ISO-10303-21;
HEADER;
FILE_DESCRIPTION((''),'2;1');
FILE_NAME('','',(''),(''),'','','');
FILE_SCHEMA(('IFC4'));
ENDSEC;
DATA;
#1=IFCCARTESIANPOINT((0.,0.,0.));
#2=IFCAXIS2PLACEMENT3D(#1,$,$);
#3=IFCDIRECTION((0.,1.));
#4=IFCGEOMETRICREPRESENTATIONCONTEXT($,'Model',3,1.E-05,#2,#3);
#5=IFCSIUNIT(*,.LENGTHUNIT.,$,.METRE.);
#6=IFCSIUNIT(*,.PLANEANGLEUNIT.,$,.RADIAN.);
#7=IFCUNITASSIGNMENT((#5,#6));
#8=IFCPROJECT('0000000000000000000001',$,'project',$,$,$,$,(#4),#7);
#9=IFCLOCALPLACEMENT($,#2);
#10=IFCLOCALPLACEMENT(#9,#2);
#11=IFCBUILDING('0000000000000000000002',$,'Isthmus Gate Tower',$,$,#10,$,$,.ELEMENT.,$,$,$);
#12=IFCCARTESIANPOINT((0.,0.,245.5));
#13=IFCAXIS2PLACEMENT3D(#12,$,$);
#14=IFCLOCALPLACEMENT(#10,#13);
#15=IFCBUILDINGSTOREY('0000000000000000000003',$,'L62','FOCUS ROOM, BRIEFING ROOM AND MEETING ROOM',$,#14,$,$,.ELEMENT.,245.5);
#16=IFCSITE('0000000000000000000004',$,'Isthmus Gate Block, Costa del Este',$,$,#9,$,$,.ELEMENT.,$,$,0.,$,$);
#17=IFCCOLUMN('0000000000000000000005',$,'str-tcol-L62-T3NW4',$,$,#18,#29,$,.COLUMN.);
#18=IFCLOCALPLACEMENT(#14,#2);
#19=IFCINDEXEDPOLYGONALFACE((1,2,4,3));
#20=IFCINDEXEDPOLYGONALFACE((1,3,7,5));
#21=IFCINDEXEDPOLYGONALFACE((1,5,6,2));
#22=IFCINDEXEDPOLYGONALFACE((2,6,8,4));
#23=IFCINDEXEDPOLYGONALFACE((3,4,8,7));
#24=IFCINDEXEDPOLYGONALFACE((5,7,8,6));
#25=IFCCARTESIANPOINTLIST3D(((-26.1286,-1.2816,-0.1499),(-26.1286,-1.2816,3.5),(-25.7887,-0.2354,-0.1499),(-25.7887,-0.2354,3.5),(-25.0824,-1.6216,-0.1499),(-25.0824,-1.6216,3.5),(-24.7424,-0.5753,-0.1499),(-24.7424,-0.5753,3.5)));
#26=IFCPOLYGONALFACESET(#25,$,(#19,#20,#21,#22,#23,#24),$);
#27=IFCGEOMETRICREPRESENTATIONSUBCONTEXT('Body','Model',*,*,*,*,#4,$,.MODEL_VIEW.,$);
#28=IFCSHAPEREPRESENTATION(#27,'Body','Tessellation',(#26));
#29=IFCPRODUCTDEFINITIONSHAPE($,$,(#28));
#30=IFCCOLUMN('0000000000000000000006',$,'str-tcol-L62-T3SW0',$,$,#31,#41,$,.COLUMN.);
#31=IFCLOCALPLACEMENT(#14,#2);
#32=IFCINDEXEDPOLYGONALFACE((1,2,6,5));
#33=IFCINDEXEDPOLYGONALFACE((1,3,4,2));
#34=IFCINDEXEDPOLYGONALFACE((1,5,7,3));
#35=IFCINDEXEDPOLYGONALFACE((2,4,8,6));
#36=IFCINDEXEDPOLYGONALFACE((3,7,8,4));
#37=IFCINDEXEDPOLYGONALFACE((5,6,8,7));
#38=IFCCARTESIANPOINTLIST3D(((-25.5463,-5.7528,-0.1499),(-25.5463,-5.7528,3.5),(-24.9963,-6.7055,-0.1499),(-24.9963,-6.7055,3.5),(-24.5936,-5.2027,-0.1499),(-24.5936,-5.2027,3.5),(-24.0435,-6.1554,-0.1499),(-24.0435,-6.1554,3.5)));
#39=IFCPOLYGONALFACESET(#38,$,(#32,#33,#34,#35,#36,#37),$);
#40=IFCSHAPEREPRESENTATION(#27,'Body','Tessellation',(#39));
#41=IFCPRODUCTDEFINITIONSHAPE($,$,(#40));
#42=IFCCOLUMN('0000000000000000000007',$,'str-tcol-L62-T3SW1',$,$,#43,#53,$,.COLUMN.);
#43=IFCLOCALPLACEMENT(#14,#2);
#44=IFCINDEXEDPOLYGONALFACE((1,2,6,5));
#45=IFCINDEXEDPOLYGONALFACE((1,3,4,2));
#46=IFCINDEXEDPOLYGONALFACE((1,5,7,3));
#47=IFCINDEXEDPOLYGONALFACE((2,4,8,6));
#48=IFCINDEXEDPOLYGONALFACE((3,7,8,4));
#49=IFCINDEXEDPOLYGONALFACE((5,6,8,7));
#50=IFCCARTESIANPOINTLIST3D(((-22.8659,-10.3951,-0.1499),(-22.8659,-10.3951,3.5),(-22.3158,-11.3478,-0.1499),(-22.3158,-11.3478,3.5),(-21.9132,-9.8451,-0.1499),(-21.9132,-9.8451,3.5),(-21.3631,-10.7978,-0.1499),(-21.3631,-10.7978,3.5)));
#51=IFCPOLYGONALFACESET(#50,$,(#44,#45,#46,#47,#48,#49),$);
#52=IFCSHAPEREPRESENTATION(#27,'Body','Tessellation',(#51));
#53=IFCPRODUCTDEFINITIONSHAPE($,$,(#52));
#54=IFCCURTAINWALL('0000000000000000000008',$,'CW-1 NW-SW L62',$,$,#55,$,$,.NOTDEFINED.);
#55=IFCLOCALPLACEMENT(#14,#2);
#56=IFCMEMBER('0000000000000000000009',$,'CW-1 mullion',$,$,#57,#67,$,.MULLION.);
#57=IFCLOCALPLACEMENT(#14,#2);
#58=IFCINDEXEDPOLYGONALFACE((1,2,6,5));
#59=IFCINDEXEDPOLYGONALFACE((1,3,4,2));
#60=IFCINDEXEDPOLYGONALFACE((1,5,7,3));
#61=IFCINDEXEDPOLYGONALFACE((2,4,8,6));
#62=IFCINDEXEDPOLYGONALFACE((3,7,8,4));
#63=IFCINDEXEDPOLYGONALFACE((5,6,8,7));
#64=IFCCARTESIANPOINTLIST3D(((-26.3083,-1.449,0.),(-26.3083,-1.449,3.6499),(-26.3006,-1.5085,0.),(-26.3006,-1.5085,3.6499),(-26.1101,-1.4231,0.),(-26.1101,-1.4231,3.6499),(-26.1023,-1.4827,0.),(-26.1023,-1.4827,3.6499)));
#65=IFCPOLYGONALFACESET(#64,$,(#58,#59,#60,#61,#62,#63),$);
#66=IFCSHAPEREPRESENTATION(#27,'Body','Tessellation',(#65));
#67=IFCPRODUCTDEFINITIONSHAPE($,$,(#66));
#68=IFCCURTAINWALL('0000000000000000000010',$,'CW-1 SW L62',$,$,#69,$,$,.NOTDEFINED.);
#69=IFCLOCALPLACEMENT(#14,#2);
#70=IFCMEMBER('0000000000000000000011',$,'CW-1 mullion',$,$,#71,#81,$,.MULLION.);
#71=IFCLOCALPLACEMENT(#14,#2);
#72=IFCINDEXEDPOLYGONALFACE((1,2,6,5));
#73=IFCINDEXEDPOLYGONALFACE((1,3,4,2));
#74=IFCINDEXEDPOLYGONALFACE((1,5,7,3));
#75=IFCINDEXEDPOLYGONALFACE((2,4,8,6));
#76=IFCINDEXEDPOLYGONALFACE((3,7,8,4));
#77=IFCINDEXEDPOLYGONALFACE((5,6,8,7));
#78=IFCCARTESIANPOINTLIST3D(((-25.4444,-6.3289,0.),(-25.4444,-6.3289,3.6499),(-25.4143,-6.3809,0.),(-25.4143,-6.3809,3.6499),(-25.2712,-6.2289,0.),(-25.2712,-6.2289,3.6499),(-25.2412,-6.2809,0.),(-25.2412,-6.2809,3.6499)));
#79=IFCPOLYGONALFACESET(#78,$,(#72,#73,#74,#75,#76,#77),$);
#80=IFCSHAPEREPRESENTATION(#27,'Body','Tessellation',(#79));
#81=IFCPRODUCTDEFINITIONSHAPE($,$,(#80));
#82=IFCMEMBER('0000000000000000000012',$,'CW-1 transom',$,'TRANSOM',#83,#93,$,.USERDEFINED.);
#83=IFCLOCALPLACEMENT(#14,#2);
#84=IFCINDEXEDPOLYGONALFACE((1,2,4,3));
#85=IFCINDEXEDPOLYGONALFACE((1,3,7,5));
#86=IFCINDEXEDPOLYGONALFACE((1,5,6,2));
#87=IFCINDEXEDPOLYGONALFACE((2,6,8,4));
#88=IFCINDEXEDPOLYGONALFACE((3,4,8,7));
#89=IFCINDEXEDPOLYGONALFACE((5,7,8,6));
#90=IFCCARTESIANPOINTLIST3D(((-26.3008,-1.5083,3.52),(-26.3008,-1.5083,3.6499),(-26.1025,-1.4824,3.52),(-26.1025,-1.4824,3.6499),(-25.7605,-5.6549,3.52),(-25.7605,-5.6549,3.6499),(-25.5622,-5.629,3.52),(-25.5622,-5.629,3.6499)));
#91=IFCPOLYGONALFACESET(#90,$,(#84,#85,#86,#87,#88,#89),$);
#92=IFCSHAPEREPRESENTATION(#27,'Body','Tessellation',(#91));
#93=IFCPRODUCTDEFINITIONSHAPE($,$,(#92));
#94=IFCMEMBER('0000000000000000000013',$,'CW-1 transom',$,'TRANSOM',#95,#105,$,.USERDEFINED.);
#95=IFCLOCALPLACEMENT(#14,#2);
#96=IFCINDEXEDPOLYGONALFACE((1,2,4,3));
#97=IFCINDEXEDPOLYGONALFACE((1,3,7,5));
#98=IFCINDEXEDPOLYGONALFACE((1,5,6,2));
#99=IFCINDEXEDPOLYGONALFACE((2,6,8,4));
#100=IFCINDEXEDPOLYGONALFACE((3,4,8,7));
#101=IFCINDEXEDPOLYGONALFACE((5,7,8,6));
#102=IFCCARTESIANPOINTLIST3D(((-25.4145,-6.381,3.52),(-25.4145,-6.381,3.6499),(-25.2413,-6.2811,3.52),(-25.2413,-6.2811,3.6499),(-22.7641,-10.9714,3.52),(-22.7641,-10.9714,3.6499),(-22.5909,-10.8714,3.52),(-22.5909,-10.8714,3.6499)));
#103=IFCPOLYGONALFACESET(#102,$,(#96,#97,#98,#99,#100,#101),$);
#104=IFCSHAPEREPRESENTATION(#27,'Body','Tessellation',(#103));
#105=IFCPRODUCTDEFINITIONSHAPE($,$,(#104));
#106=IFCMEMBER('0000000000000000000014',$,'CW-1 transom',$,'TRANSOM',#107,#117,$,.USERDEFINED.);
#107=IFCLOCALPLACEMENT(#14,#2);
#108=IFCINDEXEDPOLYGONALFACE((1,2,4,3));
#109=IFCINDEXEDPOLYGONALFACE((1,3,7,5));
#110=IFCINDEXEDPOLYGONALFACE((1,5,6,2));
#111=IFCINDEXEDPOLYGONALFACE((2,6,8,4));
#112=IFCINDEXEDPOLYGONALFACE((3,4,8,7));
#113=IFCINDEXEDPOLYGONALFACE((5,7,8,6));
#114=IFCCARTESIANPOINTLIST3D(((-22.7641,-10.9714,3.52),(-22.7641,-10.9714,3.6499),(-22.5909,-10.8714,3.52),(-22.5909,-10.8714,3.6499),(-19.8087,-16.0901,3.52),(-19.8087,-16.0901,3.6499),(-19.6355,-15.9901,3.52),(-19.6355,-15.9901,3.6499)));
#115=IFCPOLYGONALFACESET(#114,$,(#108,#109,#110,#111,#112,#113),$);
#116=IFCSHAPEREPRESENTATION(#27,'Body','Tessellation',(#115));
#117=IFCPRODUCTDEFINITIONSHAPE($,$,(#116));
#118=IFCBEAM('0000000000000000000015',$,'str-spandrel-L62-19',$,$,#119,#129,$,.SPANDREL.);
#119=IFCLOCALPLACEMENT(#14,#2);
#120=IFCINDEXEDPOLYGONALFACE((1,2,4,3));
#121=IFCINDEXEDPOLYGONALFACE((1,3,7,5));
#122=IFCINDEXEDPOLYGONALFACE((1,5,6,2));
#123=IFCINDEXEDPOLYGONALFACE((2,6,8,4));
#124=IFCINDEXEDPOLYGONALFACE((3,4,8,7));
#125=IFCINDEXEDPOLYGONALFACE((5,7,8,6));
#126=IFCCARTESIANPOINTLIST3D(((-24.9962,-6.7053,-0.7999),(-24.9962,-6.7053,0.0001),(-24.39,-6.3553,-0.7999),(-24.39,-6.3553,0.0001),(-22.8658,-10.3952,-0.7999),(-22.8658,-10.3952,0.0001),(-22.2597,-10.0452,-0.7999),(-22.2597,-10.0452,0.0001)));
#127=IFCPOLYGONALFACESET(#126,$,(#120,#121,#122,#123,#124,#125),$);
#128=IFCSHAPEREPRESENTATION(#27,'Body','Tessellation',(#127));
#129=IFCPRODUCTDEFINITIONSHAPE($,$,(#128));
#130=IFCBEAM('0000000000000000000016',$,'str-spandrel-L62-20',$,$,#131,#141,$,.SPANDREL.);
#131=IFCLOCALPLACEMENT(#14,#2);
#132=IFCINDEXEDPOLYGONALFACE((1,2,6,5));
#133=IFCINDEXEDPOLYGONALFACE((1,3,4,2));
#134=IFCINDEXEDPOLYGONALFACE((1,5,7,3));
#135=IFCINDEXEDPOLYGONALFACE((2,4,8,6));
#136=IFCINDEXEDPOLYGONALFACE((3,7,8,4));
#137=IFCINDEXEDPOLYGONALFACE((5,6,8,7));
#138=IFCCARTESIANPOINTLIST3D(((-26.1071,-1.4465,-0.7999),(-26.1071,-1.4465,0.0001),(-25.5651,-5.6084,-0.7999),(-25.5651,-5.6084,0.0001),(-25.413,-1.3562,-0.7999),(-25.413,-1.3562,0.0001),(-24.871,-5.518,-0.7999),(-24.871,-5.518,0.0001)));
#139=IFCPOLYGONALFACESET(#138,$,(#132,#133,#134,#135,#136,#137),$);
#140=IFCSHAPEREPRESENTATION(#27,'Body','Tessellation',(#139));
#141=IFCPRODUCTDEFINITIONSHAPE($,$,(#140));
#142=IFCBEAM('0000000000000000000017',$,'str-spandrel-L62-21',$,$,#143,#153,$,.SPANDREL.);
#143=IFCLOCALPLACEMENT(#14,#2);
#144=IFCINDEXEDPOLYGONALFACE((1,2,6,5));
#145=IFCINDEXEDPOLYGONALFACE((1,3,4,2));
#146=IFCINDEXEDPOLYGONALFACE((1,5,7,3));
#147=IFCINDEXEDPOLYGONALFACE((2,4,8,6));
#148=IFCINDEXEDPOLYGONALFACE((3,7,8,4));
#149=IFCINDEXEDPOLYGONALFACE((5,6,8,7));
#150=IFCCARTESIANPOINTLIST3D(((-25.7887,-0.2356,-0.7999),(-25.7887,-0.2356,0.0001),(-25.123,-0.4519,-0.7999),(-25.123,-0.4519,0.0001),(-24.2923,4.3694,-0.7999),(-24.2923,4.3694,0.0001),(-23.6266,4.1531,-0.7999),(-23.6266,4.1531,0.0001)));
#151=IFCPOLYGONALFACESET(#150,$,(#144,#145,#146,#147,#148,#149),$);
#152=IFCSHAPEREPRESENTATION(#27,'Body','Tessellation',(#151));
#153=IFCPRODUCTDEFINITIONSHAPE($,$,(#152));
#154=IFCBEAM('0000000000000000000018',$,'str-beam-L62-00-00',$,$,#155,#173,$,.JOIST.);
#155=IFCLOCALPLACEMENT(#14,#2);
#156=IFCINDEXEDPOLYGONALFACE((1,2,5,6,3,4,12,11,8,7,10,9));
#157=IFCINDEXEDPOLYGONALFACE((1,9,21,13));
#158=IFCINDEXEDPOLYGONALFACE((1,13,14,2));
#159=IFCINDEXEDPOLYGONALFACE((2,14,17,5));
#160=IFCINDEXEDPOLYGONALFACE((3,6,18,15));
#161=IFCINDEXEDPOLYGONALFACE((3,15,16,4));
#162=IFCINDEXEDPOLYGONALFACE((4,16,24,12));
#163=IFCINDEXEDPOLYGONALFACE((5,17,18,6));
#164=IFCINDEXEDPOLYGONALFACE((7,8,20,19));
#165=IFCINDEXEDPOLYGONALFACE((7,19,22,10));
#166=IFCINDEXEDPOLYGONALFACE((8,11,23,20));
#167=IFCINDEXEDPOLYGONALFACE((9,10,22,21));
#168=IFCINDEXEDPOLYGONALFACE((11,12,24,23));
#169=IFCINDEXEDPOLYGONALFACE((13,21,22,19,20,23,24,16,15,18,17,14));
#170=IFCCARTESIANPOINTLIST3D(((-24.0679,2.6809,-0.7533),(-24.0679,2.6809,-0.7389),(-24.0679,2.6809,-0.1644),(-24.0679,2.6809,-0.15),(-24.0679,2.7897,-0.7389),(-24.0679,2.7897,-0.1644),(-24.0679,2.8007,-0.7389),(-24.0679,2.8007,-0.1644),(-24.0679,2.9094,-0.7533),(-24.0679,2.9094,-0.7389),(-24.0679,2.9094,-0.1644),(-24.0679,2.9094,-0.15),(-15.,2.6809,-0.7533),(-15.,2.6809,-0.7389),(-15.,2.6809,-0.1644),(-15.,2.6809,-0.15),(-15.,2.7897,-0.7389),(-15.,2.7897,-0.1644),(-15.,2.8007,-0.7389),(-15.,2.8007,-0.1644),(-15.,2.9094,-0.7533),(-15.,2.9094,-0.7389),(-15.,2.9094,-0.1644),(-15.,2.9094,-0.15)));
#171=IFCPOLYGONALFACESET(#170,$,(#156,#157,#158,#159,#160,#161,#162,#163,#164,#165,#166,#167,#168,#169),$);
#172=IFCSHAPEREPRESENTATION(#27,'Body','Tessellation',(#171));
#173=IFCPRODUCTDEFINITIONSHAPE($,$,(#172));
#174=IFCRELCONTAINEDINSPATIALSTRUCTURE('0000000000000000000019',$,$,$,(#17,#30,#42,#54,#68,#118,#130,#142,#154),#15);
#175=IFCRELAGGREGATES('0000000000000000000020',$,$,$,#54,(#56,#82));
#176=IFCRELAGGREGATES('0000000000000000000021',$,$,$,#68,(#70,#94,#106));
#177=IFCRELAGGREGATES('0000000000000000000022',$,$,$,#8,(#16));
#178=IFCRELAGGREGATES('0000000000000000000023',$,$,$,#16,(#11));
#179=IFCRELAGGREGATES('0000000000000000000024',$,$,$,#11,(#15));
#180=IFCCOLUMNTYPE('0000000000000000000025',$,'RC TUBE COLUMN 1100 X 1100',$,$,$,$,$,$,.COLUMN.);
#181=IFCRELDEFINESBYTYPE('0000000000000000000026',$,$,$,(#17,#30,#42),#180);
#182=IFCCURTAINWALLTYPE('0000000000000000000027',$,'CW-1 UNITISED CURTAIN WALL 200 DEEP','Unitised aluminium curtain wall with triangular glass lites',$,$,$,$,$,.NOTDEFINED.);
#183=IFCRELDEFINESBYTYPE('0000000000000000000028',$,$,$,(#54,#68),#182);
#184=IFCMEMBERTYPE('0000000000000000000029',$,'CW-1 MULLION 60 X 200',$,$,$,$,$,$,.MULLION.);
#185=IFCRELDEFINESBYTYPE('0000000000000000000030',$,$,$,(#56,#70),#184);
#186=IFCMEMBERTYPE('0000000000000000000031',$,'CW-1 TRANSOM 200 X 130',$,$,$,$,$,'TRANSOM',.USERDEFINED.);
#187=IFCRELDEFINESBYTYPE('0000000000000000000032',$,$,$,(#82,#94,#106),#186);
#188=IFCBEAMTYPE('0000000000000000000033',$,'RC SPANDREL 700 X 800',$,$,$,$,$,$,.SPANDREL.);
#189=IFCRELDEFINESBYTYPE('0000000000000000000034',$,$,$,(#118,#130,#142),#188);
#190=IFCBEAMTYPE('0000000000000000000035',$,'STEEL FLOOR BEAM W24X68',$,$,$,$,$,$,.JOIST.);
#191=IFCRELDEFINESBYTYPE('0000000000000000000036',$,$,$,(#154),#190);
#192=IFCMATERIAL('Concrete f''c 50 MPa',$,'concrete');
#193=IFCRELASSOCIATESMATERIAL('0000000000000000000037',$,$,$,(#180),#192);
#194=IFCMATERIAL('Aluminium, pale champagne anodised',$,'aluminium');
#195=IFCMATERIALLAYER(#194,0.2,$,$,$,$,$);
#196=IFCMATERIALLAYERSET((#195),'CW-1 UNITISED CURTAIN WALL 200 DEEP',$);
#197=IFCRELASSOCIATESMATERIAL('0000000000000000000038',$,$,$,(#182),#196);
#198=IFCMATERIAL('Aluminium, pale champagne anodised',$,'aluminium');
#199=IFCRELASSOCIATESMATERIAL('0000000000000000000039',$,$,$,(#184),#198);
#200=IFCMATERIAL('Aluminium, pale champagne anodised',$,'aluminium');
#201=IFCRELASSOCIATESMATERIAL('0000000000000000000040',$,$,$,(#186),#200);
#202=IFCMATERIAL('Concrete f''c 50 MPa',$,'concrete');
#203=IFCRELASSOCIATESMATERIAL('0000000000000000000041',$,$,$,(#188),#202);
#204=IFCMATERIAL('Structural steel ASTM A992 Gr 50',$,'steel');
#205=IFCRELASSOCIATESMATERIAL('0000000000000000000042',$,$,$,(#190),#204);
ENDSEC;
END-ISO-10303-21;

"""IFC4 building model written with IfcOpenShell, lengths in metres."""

from ifc_helpers import new_model, si_unit, direction, frame, origin, origin_2d, place, context, subcontext, project, spatial, rectangle, i_section, extrude, material, layer, layer_set, material_profile, profile_set, type_object, element, aggregate, save


model = new_model("IFC4")

# Units and contexts
model_context = context("Model", 3, precision=1e-05, world=origin(), true_north=direction((0.0, 1.0)))
body_context = subcontext(model_context, "Body", "Model", "MODEL_VIEW")
ifc_project = project(units=[si_unit("LENGTHUNIT", "METRE"), si_unit("PLANEANGLEUNIT", "RADIAN")], contexts=[model_context])

# Site, building, storey
site_placement = place(None, origin())
site = spatial("IfcSite", under=ifc_project, at=site_placement, Name="Isthmus Gate Block, Costa del Este", CompositionType="ELEMENT", RefElevation=0.0)
building_placement = place(site_placement, origin())
building = spatial("IfcBuilding", under=site, at=building_placement, Name="Isthmus Gate Tower", CompositionType="ELEMENT")
storey_placement = place(building_placement, frame((0.0, 0.0, 245.5)))
storey = spatial("IfcBuildingStorey", under=building, at=storey_placement, Name="L62", Description="FOCUS ROOM, BRIEFING ROOM AND MEETING ROOM", CompositionType="ELEMENT", Elevation=245.5)

# Columns
ifc_material_1 = material(Name="Concrete f'c 50 MPa", Category="concrete")
ifc_material_profile_1 = material_profile(ifc_material_1, rectangle(XDim=1.1001, YDim=1.1001, at=origin_2d()), Name="RC 1100X1100")
ifc_profile_set_1 = profile_set([ifc_material_profile_1], Name="Concrete f'c 50 MPa")
column_type = type_object("IfcColumnType", Name="RC TUBE COLUMN 1100 X 1100", PredefinedType="COLUMN", material=ifc_profile_set_1)
for number, where, z_axis, x_axis, name in (
    (1, (-25.4355, -0.9285, -0.1499), (0.0, 0.0, 1.0), (-0.309017, -0.951057, 0.0), "str-tcol-L62-T3NW4"),
    (2, (-24.7949, -5.9541, -0.1499), (0.0, 0.0, 1.0), (0.5, -0.866025, 0.0), "str-tcol-L62-T3SW0"),
    (3, (-22.1145, -10.5964, -0.1499), (0.0, 0.0, 1.0), (0.5, -0.866025, 0.0), "str-tcol-L62-T3SW1"),
):
    element("IfcColumn", number, at=place(storey_placement, frame(where, z_axis=z_axis, x_axis=x_axis)), inside=storey, type_object=column_type, Name=name, PredefinedType="COLUMN", context=body_context, shape_type="SweptSolid", body=[
        extrude(rectangle(XDim=1.1001, YDim=1.1001, at=origin_2d()), origin(), (0.0, 0.0, 1.0), 3.6499),
    ])

# Curtain walls, members
ifc_material_2 = material(Name="Aluminium, pale champagne anodised", Category="aluminium")
ifc_layer_1 = layer(ifc_material_2, 0.2)
ifc_layer_set_1 = layer_set([ifc_layer_1], Name="CW-1 UNITISED CURTAIN WALL 200 DEEP")
curtain_wall_type = type_object("IfcCurtainWallType", Name="CW-1 UNITISED CURTAIN WALL 200 DEEP", Description="Unitised aluminium curtain wall with triangular glass lites", PredefinedType="NOTDEFINED", material=ifc_layer_set_1)
curtain_wall_1_placement = place(storey_placement, origin())
curtain_wall_1 = element("IfcCurtainWall", 4, at=curtain_wall_1_placement, inside=storey, type_object=curtain_wall_type, Name="CW-1 NW-SW L62", PredefinedType="NOTDEFINED")
ifc_material_3 = material(Name="Aluminium, pale champagne anodised", Category="aluminium")
ifc_material_profile_2 = material_profile(ifc_material_3, rectangle(XDim=0.0601, YDim=0.2, at=origin_2d()), Name="60x200")
ifc_profile_set_2 = profile_set([ifc_material_profile_2], Name="Aluminium, pale champagne anodised")
member_type_1 = type_object("IfcMemberType", Name="CW-1 MULLION 60 X 200", PredefinedType="MULLION", material=ifc_profile_set_2)
member_1_placement = place(storey_placement, frame((-26.2053, -1.4658, 0.0), z_axis=(0.0, 0.0, 1.0), x_axis=(0.129165, -0.991623, 0.0)))
member_1 = element("IfcMember", 5, at=member_1_placement, type_object=member_type_1, Name="CW-1 mullion", PredefinedType="MULLION", context=body_context, shape_type="SweptSolid", body=[
    extrude(rectangle(XDim=0.0601, YDim=0.2, at=origin_2d()), origin(), (0.0, 0.0, 1.0), 3.6499),
])
curtain_wall_2_placement = place(storey_placement, origin())
curtain_wall_2 = element("IfcCurtainWall", 6, at=curtain_wall_2_placement, inside=storey, type_object=curtain_wall_type, Name="CW-1 SW L62", PredefinedType="NOTDEFINED")
member_2_placement = place(storey_placement, frame((-25.3428, -6.3049, 0.0), z_axis=(0.0, 0.0, 1.0), x_axis=(0.5, -0.866025, 0.0)))
member_2 = element("IfcMember", 7, at=member_2_placement, type_object=member_type_1, Name="CW-1 mullion", PredefinedType="MULLION", context=body_context, shape_type="SweptSolid", body=[
    extrude(rectangle(XDim=0.0601, YDim=0.2, at=origin_2d()), origin(), (0.0, 0.0, 1.0), 3.6499),
])

# Members
ifc_material_4 = material(Name="Aluminium, pale champagne anodised", Category="aluminium")
ifc_material_profile_3 = material_profile(ifc_material_4, rectangle(XDim=0.2, YDim=0.1299, at=origin_2d()), Name="200x130")
ifc_profile_set_3 = profile_set([ifc_material_profile_3], Name="Aluminium, pale champagne anodised")
member_type_2 = type_object("IfcMemberType", Name="CW-1 TRANSOM 200 X 130", ElementType="TRANSOM", PredefinedType="USERDEFINED", material=ifc_profile_set_3)
member_3_placement = place(storey_placement, frame((-26.2017, -1.4954, 3.585), z_axis=(0.129207, -0.991618, 0.0), x_axis=(0.991618, 0.129207, 0.0)))
member_3 = element("IfcMember", 8, at=member_3_placement, type_object=member_type_2, Name="CW-1 transom", ObjectType="TRANSOM", PredefinedType="USERDEFINED", context=body_context, shape_type="SweptSolid", body=[
    extrude(rectangle(XDim=0.2, YDim=0.1299, at=origin_2d()), origin(), (0.0, 0.0, 1.0), 4.1816),
])
member_4_placement = place(storey_placement, frame((-25.3279, -6.3311, 3.585), z_axis=(0.500023, -0.866012, 0.0), x_axis=(0.866012, 0.500023, 0.0)))
member_4 = element("IfcMember", 9, at=member_4_placement, type_object=member_type_2, Name="CW-1 transom", ObjectType="TRANSOM", PredefinedType="USERDEFINED", context=body_context, shape_type="SweptSolid", body=[
    extrude(rectangle(XDim=0.2, YDim=0.1299, at=origin_2d()), origin(), (0.0, 0.0, 1.0), 5.3005),
])
member_5_placement = place(storey_placement, frame((-22.6775, -10.9214, 3.585), z_axis=(0.500008, -0.86602, 0.0), x_axis=(0.86602, 0.500008, 0.0)))
member_5 = element("IfcMember", 10, at=member_5_placement, type_object=member_type_2, Name="CW-1 transom", ObjectType="TRANSOM", PredefinedType="USERDEFINED", context=body_context, shape_type="SweptSolid", body=[
    extrude(rectangle(XDim=0.2, YDim=0.1299, at=origin_2d()), origin(), (0.0, 0.0, 1.0), 5.9106),
])

# Beams
ifc_material_5 = material(Name="Concrete f'c 50 MPa", Category="concrete")
ifc_material_profile_4 = material_profile(ifc_material_5, rectangle(XDim=0.7, YDim=0.8, at=origin_2d()), Name="RC 700X800")
ifc_profile_set_4 = profile_set([ifc_material_profile_4], Name="Concrete f'c 50 MPa")
beam_type_1 = type_object("IfcBeamType", Name="RC SPANDREL 700 X 800", PredefinedType="SPANDREL", material=ifc_profile_set_4)
beam_1_placement = place(storey_placement, frame((-22.5627, -10.2202, -0.3999), z_axis=(-0.499997, 0.866027, 0.0), x_axis=(-0.866027, -0.499997, 0.0)))
element("IfcBeam", 11, at=beam_1_placement, inside=storey, type_object=beam_type_1, Name="str-spandrel-L62-19", PredefinedType="SPANDREL", context=body_context, shape_type="SweptSolid", body=[
    extrude(rectangle(XDim=0.7, YDim=0.8, at=origin_2d()), origin(), (0.0, 0.0, 1.0), 4.2607),
])
beam_2_placement = place(storey_placement, frame((-25.218, -5.5632, -0.3999), z_axis=(-0.129138, 0.991627, 0.0), x_axis=(-0.991627, -0.129138, 0.0)))
element("IfcBeam", 12, at=beam_2_placement, inside=storey, type_object=beam_type_1, Name="str-spandrel-L62-20", PredefinedType="SPANDREL", context=body_context, shape_type="SweptSolid", body=[
    extrude(rectangle(XDim=0.7, YDim=0.8, at=origin_2d()), origin(), (0.0, 0.0, 1.0), 4.197),
])
beam_3_placement = place(storey_placement, frame((-25.4558, -0.3438, -0.3999), z_axis=(0.309034, 0.951051, 0.0), x_axis=(-0.951051, 0.309034, 0.0)))
element("IfcBeam", 13, at=beam_3_placement, inside=storey, type_object=beam_type_1, Name="str-spandrel-L62-21", PredefinedType="SPANDREL", context=body_context, shape_type="SweptSolid", body=[
    extrude(rectangle(XDim=0.7, YDim=0.8, at=origin_2d()), origin(), (0.0, 0.0, 1.0), 4.842),
])
ifc_material_6 = material(Name="Structural steel ASTM A992 Gr 50", Category="steel")
ifc_material_profile_5 = material_profile(ifc_material_6, i_section(OverallWidth=0.2285, OverallDepth=0.6033, WebThickness=0.011, FlangeThickness=0.0144, at=origin_2d()), Name="W24X68")
ifc_profile_set_5 = profile_set([ifc_material_profile_5], Name="Structural steel ASTM A992 Gr 50")
beam_type_2 = type_object("IfcBeamType", Name="STEEL FLOOR BEAM W24X68", PredefinedType="JOIST", material=ifc_profile_set_5)
beam_4_placement = place(storey_placement, frame((-24.0679, 2.7952, -0.4517), z_axis=(1.0, 0.0, 0.0), x_axis=(0.0, 1.0, 0.0)))
element("IfcBeam", 14, at=beam_4_placement, inside=storey, type_object=beam_type_2, Name="str-beam-L62-00-00", PredefinedType="JOIST", context=body_context, shape_type="SweptSolid", body=[
    extrude(i_section(OverallWidth=0.2285, OverallDepth=0.6033, WebThickness=0.011, FlangeThickness=0.0144, at=origin_2d()), origin(), (0.0, 0.0, 1.0), 9.0679),
])

aggregate(curtain_wall_1, [member_1, member_3])
aggregate(curtain_wall_2, [member_2, member_4, member_5])

save(model, "model.ifc")
